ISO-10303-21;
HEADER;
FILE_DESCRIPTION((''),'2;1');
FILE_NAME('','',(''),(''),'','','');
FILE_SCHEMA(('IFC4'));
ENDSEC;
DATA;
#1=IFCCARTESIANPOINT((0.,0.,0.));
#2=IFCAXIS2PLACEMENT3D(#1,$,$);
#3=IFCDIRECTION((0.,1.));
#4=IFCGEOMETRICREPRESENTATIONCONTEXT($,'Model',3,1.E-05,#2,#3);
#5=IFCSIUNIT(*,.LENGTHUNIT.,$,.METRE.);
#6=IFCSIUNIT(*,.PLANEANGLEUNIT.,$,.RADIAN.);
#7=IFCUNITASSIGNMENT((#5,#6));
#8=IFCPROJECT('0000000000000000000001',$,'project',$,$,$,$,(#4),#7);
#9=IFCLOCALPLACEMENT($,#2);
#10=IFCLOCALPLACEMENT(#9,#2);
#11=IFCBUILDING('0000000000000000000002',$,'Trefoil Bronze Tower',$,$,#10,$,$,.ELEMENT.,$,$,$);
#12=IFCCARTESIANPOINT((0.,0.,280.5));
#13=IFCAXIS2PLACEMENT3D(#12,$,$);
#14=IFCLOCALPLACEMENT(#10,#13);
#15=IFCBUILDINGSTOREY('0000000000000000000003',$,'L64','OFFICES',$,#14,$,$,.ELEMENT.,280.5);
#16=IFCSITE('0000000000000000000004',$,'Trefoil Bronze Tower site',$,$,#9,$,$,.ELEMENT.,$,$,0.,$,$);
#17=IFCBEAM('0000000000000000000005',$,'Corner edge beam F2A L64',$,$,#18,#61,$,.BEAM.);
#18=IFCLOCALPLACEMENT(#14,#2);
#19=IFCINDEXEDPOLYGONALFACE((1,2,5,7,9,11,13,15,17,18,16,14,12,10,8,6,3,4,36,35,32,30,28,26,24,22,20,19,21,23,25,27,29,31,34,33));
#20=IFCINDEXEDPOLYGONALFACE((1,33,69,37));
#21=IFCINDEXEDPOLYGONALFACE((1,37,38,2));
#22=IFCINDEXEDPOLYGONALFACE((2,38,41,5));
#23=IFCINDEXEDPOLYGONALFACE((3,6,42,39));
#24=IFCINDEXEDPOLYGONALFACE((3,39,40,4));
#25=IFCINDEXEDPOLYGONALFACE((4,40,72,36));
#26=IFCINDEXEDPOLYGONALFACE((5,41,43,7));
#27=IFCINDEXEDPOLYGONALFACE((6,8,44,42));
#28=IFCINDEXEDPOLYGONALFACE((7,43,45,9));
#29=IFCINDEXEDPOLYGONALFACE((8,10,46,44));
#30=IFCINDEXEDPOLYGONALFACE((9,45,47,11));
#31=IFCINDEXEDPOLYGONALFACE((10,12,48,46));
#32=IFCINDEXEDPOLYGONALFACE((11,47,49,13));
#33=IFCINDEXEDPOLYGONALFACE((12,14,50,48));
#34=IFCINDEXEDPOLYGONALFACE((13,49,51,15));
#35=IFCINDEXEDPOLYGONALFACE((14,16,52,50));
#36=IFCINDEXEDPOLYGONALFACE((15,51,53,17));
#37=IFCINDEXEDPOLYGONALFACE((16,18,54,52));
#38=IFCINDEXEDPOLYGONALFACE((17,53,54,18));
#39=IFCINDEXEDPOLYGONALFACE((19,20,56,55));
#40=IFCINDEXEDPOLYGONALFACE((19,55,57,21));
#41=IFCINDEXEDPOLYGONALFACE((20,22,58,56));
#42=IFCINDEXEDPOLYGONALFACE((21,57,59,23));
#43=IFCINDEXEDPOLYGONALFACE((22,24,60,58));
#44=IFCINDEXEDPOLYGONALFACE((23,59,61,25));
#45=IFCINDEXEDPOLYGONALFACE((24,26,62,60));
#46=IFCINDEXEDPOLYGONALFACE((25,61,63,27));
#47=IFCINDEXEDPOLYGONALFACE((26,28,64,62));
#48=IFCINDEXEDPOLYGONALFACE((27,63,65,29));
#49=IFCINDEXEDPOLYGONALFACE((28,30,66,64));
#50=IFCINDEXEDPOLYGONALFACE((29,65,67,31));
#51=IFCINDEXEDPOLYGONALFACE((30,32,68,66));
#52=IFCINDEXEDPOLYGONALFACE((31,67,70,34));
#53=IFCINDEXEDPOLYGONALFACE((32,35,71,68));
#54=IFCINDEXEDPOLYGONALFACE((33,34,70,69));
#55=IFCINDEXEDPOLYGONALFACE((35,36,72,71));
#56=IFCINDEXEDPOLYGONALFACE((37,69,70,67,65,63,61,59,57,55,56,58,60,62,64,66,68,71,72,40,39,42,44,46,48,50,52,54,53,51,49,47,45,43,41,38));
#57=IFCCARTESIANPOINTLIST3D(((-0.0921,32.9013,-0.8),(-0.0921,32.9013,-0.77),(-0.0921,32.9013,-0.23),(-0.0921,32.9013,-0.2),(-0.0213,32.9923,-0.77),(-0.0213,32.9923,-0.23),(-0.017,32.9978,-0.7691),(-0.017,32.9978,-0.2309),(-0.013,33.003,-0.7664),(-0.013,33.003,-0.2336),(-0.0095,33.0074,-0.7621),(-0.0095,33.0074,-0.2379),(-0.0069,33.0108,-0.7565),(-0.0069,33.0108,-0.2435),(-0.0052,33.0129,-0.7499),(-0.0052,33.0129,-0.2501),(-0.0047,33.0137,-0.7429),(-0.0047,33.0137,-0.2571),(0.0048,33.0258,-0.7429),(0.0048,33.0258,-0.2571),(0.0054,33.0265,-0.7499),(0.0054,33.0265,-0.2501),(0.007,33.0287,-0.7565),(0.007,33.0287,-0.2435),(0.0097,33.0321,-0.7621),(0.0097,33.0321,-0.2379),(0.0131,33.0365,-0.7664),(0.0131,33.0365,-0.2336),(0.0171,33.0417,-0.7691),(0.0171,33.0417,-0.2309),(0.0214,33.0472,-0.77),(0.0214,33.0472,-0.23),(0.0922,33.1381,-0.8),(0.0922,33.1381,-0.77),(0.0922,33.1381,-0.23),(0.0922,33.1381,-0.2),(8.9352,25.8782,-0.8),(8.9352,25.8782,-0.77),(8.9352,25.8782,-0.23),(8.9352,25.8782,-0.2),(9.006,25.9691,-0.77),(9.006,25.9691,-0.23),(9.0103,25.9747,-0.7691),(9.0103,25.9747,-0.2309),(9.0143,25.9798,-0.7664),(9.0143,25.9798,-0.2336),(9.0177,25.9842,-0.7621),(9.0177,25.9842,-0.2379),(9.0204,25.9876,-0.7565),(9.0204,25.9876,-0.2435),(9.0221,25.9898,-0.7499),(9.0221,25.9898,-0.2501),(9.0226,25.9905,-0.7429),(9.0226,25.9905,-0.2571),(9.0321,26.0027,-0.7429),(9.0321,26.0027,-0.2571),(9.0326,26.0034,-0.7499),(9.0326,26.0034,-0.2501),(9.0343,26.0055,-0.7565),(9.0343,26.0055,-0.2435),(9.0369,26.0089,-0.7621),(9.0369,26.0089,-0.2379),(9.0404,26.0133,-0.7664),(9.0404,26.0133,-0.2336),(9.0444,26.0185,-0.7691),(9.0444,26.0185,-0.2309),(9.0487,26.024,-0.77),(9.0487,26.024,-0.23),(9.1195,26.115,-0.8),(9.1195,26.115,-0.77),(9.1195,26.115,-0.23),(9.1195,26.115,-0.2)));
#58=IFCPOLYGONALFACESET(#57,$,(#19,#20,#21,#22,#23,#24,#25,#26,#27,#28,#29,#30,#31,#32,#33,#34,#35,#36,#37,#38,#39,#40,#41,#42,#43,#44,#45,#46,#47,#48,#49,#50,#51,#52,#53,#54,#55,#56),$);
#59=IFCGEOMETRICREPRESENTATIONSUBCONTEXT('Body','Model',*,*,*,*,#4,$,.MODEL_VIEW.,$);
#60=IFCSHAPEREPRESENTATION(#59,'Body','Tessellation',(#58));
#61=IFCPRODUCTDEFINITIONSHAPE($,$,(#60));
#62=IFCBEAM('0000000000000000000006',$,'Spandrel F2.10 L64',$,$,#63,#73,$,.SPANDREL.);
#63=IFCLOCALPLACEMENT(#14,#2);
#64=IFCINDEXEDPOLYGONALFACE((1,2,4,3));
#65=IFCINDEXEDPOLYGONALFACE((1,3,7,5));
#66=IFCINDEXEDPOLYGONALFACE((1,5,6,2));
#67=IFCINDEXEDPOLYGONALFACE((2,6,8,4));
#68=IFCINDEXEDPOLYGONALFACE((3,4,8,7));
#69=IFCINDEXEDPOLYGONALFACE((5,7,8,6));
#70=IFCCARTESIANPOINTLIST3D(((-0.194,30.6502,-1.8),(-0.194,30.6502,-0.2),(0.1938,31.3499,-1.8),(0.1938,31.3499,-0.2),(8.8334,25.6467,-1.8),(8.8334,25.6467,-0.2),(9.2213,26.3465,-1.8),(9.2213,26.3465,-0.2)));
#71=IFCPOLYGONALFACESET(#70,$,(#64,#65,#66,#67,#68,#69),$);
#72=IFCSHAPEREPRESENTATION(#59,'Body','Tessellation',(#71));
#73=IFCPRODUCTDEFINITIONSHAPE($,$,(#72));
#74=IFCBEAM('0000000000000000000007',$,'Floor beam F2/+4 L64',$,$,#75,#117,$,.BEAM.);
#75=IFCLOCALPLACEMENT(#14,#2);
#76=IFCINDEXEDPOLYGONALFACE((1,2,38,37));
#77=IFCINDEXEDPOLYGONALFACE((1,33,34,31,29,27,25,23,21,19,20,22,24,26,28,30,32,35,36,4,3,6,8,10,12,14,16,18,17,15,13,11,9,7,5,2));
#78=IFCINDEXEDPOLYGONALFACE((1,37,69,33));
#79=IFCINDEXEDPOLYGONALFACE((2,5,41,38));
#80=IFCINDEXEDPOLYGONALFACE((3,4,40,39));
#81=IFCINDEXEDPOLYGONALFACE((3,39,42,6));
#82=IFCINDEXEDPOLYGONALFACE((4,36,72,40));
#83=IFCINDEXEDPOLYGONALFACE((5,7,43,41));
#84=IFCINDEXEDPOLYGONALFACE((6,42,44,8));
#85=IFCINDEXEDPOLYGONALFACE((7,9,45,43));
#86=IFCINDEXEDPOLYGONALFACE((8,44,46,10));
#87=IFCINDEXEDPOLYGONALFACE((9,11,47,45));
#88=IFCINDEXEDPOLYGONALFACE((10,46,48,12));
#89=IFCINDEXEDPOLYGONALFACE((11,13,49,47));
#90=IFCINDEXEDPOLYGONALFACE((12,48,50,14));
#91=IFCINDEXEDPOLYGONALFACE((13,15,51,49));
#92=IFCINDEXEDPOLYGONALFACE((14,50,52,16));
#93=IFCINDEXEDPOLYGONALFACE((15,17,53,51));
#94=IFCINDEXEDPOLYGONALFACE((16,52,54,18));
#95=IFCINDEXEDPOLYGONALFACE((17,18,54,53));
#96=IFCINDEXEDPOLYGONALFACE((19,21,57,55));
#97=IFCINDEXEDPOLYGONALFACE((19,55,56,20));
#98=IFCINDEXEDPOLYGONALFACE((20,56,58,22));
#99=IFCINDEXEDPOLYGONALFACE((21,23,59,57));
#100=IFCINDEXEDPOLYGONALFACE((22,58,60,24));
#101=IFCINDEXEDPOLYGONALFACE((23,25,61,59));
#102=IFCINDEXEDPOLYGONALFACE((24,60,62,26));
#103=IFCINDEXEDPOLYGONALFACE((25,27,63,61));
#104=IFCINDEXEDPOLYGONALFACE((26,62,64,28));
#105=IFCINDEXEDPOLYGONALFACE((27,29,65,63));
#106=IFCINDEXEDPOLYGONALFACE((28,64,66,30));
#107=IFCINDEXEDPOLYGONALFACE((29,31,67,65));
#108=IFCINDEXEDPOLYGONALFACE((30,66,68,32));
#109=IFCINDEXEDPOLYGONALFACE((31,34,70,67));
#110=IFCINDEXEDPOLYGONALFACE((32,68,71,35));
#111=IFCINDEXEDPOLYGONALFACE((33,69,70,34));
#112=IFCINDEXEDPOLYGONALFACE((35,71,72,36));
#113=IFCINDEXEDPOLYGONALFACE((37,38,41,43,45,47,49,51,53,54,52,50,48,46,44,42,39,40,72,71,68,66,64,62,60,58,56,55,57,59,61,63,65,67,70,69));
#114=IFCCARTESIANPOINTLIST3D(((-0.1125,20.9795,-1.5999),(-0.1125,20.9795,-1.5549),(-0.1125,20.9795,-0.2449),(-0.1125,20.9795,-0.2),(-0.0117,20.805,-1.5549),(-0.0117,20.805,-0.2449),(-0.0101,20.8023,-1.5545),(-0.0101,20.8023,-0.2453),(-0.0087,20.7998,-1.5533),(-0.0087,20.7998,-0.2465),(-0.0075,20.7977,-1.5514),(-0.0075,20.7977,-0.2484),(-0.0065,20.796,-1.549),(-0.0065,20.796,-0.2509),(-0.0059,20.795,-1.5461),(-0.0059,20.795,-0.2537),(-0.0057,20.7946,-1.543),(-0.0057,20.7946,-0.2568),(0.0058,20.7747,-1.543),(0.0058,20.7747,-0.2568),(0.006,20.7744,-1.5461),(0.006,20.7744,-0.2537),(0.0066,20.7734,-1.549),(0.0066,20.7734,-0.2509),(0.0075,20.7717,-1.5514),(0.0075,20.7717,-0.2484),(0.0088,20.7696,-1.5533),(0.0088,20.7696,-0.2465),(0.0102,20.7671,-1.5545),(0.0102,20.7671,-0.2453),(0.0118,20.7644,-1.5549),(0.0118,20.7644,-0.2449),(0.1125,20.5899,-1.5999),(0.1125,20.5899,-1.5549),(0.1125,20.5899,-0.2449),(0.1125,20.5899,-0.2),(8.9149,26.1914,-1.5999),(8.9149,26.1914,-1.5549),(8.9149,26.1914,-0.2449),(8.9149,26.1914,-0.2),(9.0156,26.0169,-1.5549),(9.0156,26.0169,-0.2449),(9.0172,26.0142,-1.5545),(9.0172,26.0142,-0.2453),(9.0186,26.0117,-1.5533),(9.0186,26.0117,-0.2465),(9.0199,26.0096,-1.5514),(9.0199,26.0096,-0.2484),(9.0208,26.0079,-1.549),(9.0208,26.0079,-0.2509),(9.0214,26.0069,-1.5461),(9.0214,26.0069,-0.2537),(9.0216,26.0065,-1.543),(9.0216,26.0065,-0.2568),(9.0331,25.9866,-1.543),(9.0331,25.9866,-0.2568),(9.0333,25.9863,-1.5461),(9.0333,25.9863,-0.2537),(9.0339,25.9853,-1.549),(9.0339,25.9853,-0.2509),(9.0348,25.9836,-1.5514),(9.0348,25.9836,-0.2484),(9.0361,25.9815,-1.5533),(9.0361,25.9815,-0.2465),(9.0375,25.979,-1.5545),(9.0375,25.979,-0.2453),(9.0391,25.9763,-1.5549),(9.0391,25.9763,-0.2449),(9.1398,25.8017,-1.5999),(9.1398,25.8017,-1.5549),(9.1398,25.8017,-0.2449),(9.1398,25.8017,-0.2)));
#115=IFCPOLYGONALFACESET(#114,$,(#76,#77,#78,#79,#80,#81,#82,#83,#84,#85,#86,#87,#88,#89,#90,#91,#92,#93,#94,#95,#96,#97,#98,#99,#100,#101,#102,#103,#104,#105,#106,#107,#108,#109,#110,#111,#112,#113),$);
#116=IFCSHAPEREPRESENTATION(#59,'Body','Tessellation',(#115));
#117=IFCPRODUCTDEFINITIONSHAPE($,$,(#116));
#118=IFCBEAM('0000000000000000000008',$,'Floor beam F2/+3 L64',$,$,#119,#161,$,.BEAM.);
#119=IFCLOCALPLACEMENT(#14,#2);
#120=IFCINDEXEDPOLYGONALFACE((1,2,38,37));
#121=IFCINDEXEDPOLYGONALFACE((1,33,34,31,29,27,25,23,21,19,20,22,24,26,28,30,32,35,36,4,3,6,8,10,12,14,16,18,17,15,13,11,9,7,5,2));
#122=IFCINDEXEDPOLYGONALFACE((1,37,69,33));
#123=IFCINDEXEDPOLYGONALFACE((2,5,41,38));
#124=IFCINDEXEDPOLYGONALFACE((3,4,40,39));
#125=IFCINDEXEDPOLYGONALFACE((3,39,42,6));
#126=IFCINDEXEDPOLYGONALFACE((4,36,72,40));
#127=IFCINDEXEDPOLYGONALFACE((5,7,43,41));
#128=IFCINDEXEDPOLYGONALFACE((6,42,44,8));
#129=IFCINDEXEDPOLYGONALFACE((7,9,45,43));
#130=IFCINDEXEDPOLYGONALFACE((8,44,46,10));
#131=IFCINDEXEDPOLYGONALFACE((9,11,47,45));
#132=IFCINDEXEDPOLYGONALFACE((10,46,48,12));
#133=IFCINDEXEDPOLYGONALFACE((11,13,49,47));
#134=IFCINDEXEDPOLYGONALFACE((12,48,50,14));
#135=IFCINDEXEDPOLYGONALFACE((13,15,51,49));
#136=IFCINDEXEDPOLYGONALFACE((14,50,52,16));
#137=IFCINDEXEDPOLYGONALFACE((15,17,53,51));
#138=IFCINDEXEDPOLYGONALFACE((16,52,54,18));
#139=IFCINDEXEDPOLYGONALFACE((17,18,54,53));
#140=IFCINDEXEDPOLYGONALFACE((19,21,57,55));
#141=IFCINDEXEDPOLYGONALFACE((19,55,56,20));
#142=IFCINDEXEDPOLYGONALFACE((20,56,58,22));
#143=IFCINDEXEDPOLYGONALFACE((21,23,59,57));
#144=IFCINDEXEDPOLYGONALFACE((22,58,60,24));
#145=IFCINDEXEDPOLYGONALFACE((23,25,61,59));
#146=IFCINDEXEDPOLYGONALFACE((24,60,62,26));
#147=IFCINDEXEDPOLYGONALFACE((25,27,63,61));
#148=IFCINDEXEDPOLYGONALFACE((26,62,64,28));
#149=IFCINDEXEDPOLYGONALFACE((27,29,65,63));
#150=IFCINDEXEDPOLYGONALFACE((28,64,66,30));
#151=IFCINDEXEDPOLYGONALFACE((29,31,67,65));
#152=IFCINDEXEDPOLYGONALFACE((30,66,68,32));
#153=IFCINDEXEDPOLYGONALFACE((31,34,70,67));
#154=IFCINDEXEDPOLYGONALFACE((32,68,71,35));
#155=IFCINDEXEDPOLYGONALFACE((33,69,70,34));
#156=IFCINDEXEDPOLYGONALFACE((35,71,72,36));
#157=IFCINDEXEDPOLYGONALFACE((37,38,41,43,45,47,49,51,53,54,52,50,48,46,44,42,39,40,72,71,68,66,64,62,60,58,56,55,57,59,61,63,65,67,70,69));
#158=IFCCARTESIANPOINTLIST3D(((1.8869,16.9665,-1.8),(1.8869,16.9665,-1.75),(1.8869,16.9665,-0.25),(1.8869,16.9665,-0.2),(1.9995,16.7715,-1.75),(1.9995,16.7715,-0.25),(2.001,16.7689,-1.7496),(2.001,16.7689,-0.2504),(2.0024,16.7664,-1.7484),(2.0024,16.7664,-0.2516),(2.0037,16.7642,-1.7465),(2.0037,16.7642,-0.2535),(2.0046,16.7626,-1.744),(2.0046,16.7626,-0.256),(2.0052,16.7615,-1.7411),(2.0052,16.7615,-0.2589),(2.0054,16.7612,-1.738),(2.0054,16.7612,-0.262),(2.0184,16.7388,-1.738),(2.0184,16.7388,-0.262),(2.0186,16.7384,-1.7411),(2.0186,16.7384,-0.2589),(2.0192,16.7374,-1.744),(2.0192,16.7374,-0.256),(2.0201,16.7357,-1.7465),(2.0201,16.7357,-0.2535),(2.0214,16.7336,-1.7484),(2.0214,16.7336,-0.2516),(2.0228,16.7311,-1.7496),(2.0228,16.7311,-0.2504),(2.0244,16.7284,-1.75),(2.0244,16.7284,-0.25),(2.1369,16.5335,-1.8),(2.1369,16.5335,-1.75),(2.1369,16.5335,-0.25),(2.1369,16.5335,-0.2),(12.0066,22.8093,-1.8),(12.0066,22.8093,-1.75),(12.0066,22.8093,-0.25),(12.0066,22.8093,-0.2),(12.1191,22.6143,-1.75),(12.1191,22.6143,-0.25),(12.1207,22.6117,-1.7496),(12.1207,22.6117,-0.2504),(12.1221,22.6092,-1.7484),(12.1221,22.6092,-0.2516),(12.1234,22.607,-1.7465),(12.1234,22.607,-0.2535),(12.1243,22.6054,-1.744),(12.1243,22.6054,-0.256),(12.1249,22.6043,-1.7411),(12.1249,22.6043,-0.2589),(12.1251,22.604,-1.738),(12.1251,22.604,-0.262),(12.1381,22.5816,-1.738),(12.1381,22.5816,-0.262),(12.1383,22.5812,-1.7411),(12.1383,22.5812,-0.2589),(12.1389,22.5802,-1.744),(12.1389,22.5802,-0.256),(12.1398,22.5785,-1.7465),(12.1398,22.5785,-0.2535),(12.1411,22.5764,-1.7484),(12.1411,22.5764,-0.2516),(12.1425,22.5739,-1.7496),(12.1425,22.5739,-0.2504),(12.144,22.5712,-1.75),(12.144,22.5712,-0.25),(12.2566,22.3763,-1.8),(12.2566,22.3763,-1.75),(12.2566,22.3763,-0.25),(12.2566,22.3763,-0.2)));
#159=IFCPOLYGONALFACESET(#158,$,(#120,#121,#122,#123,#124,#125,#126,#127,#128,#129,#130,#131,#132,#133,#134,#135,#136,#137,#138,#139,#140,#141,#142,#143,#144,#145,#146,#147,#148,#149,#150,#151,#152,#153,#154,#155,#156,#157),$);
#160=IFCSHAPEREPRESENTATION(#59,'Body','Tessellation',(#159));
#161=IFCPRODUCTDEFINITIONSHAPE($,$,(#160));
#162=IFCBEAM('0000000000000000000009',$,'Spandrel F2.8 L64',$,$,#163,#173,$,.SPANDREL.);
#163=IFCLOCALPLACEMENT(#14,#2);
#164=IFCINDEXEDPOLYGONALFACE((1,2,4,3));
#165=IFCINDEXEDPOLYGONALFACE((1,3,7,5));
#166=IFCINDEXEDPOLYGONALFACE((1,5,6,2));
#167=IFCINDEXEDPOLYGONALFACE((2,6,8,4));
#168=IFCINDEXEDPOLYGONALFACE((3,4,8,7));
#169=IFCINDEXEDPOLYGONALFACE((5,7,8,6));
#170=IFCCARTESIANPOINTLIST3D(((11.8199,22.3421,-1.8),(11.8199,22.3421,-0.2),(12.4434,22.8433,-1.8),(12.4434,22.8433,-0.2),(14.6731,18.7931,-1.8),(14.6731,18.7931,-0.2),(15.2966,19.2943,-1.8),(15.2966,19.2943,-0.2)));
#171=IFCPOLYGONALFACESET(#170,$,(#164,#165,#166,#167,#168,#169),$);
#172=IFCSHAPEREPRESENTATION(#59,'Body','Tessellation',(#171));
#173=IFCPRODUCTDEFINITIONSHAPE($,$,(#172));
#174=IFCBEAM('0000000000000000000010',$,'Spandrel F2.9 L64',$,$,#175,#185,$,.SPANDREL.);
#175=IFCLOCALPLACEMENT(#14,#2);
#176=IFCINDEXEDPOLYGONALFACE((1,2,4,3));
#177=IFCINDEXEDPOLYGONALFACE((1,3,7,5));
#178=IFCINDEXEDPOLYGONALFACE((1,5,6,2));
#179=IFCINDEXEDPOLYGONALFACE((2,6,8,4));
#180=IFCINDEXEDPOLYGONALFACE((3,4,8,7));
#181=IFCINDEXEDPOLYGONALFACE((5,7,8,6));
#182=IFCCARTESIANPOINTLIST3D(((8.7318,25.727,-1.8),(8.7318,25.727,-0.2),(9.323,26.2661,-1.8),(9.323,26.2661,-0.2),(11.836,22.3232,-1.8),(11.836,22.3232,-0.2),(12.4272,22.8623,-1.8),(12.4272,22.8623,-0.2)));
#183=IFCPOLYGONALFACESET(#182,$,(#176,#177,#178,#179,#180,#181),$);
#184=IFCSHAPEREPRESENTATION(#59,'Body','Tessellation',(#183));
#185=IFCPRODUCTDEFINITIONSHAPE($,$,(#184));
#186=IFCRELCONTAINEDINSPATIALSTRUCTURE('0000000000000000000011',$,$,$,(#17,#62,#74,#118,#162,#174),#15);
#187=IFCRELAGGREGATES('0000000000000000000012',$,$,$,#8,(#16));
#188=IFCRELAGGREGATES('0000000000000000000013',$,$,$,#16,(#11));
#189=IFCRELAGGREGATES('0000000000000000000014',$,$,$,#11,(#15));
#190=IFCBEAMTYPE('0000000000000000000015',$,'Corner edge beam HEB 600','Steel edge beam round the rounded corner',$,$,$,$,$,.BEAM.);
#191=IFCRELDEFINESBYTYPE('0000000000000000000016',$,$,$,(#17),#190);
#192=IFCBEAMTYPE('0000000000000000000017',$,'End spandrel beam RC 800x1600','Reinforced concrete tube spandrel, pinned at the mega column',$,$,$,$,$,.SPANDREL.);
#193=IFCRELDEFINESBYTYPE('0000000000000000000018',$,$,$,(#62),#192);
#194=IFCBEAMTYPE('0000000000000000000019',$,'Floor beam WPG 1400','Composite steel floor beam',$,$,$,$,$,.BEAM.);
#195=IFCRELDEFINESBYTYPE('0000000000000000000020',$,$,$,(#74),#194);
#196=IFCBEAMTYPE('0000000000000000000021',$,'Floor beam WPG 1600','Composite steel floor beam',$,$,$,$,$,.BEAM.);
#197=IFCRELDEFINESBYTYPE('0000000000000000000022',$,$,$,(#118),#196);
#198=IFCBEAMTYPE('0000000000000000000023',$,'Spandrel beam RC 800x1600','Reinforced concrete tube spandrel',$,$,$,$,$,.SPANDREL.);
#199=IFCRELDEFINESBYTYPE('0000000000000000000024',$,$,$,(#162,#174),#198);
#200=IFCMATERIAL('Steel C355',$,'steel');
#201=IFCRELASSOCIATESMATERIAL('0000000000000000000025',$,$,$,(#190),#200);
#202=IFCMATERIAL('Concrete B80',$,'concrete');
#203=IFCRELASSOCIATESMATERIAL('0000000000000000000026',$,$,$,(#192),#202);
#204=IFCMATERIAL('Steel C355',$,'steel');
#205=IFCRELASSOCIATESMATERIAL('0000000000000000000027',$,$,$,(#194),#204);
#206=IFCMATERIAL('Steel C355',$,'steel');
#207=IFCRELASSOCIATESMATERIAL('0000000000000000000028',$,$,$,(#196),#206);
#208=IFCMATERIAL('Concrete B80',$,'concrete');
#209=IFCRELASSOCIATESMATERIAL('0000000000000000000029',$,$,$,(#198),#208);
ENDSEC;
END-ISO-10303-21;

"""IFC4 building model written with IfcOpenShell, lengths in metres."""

from ifc_helpers import new_model, si_unit, direction, frame, origin, origin_2d, place, context, subcontext, project, spatial, rectangle, i_section, extrude, material, material_profile, profile_set, type_object, element, save


model = new_model("IFC4")

# Units and contexts
model_context = context("Model", 3, precision=1e-05, world=origin(), true_north=direction((0.0, 1.0)))
body_context = subcontext(model_context, "Body", "Model", "MODEL_VIEW")
ifc_project = project(units=[si_unit("LENGTHUNIT", "METRE"), si_unit("PLANEANGLEUNIT", "RADIAN")], contexts=[model_context])

# Site, building, storey
site_placement = place(None, origin())
site = spatial("IfcSite", under=ifc_project, at=site_placement, Name="Trefoil Bronze Tower site", CompositionType="ELEMENT", RefElevation=0.0)
building_placement = place(site_placement, origin())
building = spatial("IfcBuilding", under=site, at=building_placement, Name="Trefoil Bronze Tower", CompositionType="ELEMENT")
storey_placement = place(building_placement, frame((0.0, 0.0, 280.5)))
storey = spatial("IfcBuildingStorey", under=building, at=storey_placement, Name="L64", Description="OFFICES", CompositionType="ELEMENT", Elevation=280.5)

# Beams
ifc_material_1 = material(Name="Steel C355", Category="steel")
ifc_material_profile_1 = material_profile(ifc_material_1, i_section(OverallWidth=0.3, OverallDepth=0.6001, WebThickness=0.0154, FlangeThickness=0.03, FilletRadius=0.0271, at=origin_2d()), Name="HEB 600")
ifc_profile_set_1 = profile_set([ifc_material_profile_1], Name="Steel C355")
beam_type_1 = type_object("IfcBeamType", Name="Corner edge beam HEB 600", Description="Steel edge beam round the rounded corner", PredefinedType="BEAM", material=ifc_profile_set_1)
beam_1_placement = place(storey_placement, frame((9.0273, 25.9966, -0.5), z_axis=(-0.789271, 0.614046, 0.0), x_axis=(-0.614046, -0.789271, 0.0)))
element("IfcBeam", 1, at=beam_1_placement, inside=storey, type_object=beam_type_1, Name="Corner edge beam F2A L64", PredefinedType="BEAM", context=body_context, shape_type="SweptSolid", body=[
    extrude(i_section(OverallWidth=0.3, OverallDepth=0.6001, WebThickness=0.0154, FlangeThickness=0.03, FilletRadius=0.0271, at=origin_2d()), origin(), (0.0, 0.0, 1.0), 11.4375),
])
ifc_material_2 = material(Name="Concrete B80", Category="concrete")
ifc_material_profile_2 = material_profile(ifc_material_2, rectangle(XDim=0.8, YDim=1.6001, at=origin_2d()), Name="RC 800x1600")
ifc_profile_set_2 = profile_set([ifc_material_profile_2], Name="Concrete B80")
beam_type_2 = type_object("IfcBeamType", Name="End spandrel beam RC 800x1600", Description="Reinforced concrete tube spandrel, pinned at the mega column", PredefinedType="SPANDREL", material=ifc_profile_set_2)
beam_2_placement = place(storey_placement, frame((9.0273, 25.9966, -1.0), z_axis=(-0.874641, 0.484771, 0.0), x_axis=(-0.484771, -0.874641, 0.0)))
element("IfcBeam", 2, at=beam_2_placement, inside=storey, type_object=beam_type_2, Name="Spandrel F2.10 L64", PredefinedType="SPANDREL", context=body_context, shape_type="SweptSolid", body=[
    extrude(rectangle(XDim=0.8, YDim=1.6001, at=origin_2d()), origin(), (0.0, 0.0, 1.0), 10.3213),
])
ifc_material_3 = material(Name="Steel C355", Category="steel")
ifc_material_profile_3 = material_profile(ifc_material_3, i_section(OverallWidth=0.45, OverallDepth=1.3999, WebThickness=0.0229, FlangeThickness=0.0449, FilletRadius=0.012, at=origin_2d()), Name="WPG 1400")
ifc_profile_set_3 = profile_set([ifc_material_profile_3], Name="Steel C355")
beam_type_3 = type_object("IfcBeamType", Name="Floor beam WPG 1400", Description="Composite steel floor beam", PredefinedType="BEAM", material=ifc_profile_set_3)
beam_3_placement = place(storey_placement, frame((9.0273, 25.9966, -0.8999), z_axis=(-0.866026, -0.499998, 0.0), x_axis=(0.499998, -0.866026, 0.0)))
element("IfcBeam", 3, at=beam_3_placement, inside=storey, type_object=beam_type_3, Name="Floor beam F2/+4 L64", PredefinedType="BEAM", context=body_context, shape_type="SweptSolid", body=[
    extrude(i_section(OverallWidth=0.45, OverallDepth=1.3999, WebThickness=0.0229, FlangeThickness=0.0449, FilletRadius=0.012, at=origin_2d()), origin(), (0.0, 0.0, 1.0), 10.4238),
])
ifc_material_4 = material(Name="Steel C355", Category="steel")
ifc_material_profile_4 = material_profile(ifc_material_4, i_section(OverallWidth=0.5, OverallDepth=1.6001, WebThickness=0.0259, FlangeThickness=0.05, FilletRadius=0.012, at=origin_2d()), Name="WPG 1600")
ifc_profile_set_4 = profile_set([ifc_material_profile_4], Name="Steel C355")
beam_type_4 = type_object("IfcBeamType", Name="Floor beam WPG 1600", Description="Composite steel floor beam", PredefinedType="BEAM", material=ifc_profile_set_4)
beam_4_placement = place(storey_placement, frame((12.1316, 22.5928, -1.0), z_axis=(-0.866018, -0.500013, 0.0), x_axis=(0.500013, -0.866018, 0.0)))
element("IfcBeam", 4, at=beam_4_placement, inside=storey, type_object=beam_type_4, Name="Floor beam F2/+3 L64", PredefinedType="BEAM", context=body_context, shape_type="SweptSolid", body=[
    extrude(i_section(OverallWidth=0.5, OverallDepth=1.6001, WebThickness=0.0259, FlangeThickness=0.05, FilletRadius=0.012, at=origin_2d()), origin(), (0.0, 0.0, 1.0), 11.6853),
])
ifc_material_5 = material(Name="Concrete B80", Category="concrete")
ifc_material_profile_5 = material_profile(ifc_material_5, rectangle(XDim=0.8, YDim=1.6001, at=origin_2d()), Name="RC 800x1600")
ifc_profile_set_5 = profile_set([ifc_material_profile_5], Name="Concrete B80")
beam_type_5 = type_object("IfcBeamType", Name="Spandrel beam RC 800x1600", Description="Reinforced concrete tube spandrel", PredefinedType="SPANDREL", material=ifc_profile_set_5)
beam_5_placement = place(storey_placement, frame((14.9849, 19.0437, -1.0), z_axis=(-0.62657, 0.779365, 0.0), x_axis=(-0.779365, -0.62657, 0.0)))
element("IfcBeam", 5, at=beam_5_placement, inside=storey, type_object=beam_type_5, Name="Spandrel F2.8 L64", PredefinedType="SPANDREL", context=body_context, shape_type="SweptSolid", body=[
    extrude(rectangle(XDim=0.8, YDim=1.6001, at=origin_2d()), origin(), (0.0, 0.0, 1.0), 4.5537),
])
beam_6_placement = place(storey_placement, frame((12.1316, 22.5928, -1.0), z_axis=(-0.673846, 0.738872, 0.0), x_axis=(-0.738872, -0.673846, 0.0)))
element("IfcBeam", 6, at=beam_6_placement, inside=storey, type_object=beam_type_5, Name="Spandrel F2.9 L64", PredefinedType="SPANDREL", context=body_context, shape_type="SweptSolid", body=[
    extrude(rectangle(XDim=0.8, YDim=1.6001, at=origin_2d()), origin(), (0.0, 0.0, 1.0), 4.6067),
])

save(model, "model.ifc")
